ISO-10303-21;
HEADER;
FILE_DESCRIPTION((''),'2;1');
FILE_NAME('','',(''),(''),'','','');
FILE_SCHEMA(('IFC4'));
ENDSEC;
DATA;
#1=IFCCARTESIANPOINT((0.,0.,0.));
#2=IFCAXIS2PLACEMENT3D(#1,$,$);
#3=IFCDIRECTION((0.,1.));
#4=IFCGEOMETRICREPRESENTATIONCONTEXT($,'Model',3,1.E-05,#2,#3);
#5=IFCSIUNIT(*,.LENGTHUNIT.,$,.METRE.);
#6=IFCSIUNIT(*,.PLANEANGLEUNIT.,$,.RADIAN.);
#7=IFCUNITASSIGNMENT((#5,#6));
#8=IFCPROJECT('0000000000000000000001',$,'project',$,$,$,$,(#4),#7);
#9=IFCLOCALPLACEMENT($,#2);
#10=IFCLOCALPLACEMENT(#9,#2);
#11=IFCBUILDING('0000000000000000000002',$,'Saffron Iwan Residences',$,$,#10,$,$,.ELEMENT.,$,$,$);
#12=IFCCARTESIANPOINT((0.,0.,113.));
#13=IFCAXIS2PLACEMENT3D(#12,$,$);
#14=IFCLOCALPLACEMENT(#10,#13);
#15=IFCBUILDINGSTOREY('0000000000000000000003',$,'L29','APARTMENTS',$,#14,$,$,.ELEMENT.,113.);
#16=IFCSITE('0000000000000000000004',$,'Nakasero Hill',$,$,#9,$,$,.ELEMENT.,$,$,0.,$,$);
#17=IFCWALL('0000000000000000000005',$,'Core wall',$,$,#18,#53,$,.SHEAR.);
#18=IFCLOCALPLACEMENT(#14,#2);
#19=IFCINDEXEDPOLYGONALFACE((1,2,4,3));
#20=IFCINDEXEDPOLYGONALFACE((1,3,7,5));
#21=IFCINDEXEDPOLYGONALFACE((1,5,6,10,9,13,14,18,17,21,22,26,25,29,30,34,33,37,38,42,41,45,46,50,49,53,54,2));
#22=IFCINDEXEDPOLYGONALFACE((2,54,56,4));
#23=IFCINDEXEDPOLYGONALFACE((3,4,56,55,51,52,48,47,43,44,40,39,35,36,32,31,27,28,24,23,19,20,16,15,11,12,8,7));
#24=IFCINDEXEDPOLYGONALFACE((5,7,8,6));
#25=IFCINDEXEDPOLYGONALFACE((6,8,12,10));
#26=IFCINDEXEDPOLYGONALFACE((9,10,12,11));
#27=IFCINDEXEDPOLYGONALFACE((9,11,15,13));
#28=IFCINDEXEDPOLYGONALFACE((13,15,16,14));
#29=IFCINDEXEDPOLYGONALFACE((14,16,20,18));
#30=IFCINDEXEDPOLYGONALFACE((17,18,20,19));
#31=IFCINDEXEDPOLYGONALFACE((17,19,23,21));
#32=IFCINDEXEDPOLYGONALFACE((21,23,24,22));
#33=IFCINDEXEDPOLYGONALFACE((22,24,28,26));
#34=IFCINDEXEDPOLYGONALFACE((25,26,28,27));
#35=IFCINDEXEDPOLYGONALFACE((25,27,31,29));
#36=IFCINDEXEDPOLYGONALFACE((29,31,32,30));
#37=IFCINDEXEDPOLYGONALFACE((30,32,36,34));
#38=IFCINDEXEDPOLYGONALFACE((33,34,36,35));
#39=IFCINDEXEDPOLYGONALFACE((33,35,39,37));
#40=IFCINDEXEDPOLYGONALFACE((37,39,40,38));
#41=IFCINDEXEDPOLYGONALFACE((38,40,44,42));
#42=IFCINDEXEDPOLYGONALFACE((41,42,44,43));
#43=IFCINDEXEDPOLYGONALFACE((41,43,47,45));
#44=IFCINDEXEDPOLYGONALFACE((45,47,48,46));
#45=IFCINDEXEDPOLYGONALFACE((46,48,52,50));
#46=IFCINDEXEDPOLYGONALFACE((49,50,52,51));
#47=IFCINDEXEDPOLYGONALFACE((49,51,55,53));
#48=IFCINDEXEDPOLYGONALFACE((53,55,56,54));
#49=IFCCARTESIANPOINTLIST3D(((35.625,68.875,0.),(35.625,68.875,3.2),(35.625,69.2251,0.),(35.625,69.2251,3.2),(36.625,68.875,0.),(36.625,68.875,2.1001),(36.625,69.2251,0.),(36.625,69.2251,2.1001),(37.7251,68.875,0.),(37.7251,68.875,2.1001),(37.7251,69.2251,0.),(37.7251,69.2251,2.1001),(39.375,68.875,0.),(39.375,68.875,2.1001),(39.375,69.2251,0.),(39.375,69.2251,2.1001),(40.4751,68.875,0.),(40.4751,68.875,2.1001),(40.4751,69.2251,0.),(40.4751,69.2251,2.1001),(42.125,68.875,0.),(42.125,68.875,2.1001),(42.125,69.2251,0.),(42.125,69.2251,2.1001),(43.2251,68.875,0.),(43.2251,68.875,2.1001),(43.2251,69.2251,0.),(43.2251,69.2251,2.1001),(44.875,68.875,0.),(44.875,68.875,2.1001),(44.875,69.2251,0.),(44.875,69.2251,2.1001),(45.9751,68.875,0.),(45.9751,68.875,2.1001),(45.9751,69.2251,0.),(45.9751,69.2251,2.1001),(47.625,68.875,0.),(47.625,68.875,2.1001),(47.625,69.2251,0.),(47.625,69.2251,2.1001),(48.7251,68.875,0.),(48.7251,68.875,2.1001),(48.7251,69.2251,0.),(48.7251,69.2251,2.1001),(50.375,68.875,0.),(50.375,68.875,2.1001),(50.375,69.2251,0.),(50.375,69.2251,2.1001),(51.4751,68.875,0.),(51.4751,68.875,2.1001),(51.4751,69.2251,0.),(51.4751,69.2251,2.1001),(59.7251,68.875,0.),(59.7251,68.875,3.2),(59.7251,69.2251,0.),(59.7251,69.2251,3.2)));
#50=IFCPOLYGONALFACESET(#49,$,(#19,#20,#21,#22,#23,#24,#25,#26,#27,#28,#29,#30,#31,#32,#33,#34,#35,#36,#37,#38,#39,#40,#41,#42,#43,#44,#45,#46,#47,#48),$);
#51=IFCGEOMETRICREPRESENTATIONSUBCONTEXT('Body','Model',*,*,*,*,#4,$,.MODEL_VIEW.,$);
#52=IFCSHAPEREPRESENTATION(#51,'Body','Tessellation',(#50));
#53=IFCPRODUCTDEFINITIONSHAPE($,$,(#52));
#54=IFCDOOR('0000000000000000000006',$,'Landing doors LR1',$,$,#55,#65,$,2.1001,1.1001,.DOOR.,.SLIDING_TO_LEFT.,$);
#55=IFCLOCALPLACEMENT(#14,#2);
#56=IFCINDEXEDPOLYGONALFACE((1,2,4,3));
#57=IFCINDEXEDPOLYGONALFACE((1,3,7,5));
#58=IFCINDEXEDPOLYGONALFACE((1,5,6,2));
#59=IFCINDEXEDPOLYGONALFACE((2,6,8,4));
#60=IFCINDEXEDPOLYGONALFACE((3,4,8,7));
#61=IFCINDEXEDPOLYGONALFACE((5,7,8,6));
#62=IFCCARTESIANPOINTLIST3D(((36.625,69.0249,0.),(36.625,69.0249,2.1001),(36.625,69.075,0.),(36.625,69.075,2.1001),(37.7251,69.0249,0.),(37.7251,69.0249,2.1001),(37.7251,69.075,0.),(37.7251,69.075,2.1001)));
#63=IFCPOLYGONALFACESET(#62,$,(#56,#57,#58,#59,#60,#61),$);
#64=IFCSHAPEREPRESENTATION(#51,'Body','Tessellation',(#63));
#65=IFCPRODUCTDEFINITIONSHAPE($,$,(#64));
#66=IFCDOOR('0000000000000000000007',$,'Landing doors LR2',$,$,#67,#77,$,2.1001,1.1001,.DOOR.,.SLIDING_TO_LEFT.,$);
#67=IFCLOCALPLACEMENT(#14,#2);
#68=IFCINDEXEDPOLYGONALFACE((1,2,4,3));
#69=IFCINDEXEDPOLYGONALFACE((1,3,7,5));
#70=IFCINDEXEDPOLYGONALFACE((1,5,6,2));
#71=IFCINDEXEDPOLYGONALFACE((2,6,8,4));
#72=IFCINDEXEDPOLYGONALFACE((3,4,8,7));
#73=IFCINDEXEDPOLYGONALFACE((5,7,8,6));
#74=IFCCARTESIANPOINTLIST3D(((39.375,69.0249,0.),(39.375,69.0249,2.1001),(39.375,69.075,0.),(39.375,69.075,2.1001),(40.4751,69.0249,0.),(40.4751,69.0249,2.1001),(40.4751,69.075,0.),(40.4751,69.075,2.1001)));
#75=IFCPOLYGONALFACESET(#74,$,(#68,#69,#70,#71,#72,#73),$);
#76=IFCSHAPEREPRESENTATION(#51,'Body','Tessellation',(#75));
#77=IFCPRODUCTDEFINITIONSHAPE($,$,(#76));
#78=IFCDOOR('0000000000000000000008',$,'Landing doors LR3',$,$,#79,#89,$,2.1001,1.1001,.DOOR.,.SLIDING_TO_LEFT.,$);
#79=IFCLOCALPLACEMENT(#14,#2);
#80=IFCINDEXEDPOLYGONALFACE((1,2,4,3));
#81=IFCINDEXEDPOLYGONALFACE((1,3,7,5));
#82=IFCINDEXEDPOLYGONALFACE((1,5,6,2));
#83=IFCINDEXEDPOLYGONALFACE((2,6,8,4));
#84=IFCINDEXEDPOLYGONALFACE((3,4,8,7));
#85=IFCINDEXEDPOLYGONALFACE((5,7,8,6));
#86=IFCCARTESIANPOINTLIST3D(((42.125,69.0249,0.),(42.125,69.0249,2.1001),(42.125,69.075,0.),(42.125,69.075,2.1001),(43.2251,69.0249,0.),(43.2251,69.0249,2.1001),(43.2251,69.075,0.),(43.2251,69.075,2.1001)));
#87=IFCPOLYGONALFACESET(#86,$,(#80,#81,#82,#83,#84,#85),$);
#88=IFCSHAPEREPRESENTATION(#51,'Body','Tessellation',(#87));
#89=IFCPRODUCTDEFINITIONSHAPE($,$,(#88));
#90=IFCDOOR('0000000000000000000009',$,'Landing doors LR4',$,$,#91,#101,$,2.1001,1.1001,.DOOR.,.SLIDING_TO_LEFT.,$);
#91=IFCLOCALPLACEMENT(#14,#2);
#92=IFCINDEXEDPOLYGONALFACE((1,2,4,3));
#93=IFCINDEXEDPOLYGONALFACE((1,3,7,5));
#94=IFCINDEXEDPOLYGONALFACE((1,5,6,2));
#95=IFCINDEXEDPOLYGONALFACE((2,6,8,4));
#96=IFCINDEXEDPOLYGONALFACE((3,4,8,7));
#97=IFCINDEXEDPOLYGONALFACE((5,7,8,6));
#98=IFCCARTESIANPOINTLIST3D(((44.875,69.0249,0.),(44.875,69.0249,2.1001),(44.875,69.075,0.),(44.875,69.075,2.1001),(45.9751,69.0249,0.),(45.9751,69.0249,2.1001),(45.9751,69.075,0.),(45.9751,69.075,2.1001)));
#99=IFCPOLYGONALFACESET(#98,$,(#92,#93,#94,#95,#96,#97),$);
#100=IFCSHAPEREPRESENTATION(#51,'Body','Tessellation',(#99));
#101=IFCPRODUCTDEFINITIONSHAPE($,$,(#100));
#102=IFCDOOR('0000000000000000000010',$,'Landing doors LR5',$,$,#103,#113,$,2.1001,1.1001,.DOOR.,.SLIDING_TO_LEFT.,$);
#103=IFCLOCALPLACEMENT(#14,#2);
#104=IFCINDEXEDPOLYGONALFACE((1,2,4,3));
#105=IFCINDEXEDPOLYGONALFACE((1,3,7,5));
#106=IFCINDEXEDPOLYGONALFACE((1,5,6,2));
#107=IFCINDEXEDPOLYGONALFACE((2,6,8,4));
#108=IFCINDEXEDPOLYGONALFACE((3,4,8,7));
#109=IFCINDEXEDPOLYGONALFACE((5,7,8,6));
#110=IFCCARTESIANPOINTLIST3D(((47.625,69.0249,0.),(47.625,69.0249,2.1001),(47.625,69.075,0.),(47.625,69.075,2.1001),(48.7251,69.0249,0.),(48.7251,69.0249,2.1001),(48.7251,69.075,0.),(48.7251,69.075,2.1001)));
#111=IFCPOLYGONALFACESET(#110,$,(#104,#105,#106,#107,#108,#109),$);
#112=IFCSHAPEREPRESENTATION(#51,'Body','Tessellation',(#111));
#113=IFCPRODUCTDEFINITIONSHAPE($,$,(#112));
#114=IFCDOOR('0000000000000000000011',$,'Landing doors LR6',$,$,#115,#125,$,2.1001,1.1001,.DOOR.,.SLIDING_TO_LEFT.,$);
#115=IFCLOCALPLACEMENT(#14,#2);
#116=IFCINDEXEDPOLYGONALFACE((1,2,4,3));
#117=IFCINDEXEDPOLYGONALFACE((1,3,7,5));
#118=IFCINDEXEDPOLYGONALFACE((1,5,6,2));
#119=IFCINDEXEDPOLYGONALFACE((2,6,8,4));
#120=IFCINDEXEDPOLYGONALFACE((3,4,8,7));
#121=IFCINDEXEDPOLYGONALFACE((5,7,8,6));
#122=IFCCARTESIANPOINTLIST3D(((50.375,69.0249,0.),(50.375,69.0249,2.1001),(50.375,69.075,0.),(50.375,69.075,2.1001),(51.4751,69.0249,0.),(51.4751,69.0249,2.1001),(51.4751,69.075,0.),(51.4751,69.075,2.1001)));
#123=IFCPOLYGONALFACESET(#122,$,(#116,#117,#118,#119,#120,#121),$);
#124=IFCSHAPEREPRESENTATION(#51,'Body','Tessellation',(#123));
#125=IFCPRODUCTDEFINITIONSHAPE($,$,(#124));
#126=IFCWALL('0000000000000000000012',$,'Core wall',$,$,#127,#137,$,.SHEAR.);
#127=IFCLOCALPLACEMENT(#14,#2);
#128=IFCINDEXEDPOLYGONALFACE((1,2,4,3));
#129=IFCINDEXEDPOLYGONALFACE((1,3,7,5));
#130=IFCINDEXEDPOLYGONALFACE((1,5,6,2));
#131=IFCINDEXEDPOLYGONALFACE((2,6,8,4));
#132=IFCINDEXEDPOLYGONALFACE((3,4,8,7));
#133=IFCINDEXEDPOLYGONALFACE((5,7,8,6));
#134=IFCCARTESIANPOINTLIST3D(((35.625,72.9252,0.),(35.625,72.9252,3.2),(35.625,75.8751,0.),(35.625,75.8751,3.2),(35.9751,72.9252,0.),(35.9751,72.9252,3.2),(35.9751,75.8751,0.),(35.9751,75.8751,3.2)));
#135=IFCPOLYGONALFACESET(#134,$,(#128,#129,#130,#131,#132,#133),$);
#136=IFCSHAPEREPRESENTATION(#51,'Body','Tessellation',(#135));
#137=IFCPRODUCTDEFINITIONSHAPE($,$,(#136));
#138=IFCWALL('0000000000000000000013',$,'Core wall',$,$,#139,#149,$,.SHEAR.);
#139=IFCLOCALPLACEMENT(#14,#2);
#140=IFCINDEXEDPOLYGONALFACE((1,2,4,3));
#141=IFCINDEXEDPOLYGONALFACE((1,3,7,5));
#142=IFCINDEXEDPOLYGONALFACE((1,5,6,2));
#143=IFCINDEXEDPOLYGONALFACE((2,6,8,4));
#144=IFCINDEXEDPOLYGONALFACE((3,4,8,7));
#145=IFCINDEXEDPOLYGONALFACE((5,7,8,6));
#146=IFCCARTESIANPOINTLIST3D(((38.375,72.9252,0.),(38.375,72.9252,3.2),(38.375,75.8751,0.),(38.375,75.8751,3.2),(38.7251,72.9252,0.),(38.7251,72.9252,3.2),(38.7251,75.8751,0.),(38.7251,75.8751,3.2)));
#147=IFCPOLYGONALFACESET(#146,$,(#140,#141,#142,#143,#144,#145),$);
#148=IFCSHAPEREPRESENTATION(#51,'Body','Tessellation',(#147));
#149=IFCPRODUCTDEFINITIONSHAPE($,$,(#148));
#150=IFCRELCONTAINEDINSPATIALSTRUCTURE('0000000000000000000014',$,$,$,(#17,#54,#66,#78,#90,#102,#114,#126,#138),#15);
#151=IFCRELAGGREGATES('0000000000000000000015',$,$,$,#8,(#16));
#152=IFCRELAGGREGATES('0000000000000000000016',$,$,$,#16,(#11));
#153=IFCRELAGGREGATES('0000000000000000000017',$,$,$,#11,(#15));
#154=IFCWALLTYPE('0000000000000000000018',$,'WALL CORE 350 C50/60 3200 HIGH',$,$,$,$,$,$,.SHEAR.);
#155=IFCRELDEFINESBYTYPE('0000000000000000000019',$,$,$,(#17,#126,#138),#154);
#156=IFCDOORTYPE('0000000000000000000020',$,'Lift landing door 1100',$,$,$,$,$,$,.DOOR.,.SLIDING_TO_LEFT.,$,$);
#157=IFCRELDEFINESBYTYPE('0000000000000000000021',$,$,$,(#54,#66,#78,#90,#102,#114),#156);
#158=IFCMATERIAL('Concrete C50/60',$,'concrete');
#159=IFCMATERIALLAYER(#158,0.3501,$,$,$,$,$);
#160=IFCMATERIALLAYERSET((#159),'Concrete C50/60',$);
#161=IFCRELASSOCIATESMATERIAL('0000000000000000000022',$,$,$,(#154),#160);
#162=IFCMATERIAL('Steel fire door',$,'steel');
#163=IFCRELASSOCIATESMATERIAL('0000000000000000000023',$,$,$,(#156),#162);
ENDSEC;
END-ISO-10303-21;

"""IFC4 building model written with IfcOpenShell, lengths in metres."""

from ifc_helpers import new_model, si_unit, direction, frame, frame_2d, origin, place, context, subcontext, project, spatial, rectangle, extrude, material, layer, layer_set, type_object, element, fill, save


model = new_model("IFC4")

# Units and contexts
model_context = context("Model", 3, precision=1e-05, world=origin(), true_north=direction((0.0, 1.0)))
body_context = subcontext(model_context, "Body", "Model", "MODEL_VIEW")
ifc_project = project(units=[si_unit("LENGTHUNIT", "METRE"), si_unit("PLANEANGLEUNIT", "RADIAN")], contexts=[model_context])

# Site, building, storey
site_placement = place(None, origin())
site = spatial("IfcSite", under=ifc_project, at=site_placement, Name="Nakasero Hill", CompositionType="ELEMENT", RefElevation=0.0)
building_placement = place(site_placement, origin())
building = spatial("IfcBuilding", under=site, at=building_placement, Name="Saffron Iwan Residences", CompositionType="ELEMENT")
storey_placement = place(building_placement, frame((0.0, 0.0, 113.0)))
storey = spatial("IfcBuildingStorey", under=building, at=storey_placement, Name="L29", Description="APARTMENTS", CompositionType="ELEMENT", Elevation=113.0)

# Wall, openings, doors
ifc_material_1 = material(Name="Concrete C50/60", Category="concrete")
ifc_layer = layer(ifc_material_1, 0.3501)
ifc_layer_set = layer_set([ifc_layer], Name="Concrete C50/60")
wall_type = type_object("IfcWallType", Name="WALL CORE 350 C50/60 3200 HIGH", PredefinedType="SHEAR", material=ifc_layer_set)
wall_1_placement = place(storey_placement, frame((35.625, 69.05, 0.0), z_axis=(0.0, 0.0, 1.0), x_axis=(1.0, 0.0, 0.0)))
wall_1 = element("IfcWall", 1, at=wall_1_placement, inside=storey, type_object=wall_type, Name="Core wall", PredefinedType="SHEAR", context=body_context, shape_type="SweptSolid", body=[
    extrude(rectangle(XDim=24.1001, YDim=0.3501, at=frame_2d((12.05, 0.0))), origin(), (0.0, 0.0, 1.0), 3.2),
])
opening_1_placement = place(wall_1_placement, frame((1.0, 0.0, 0.0)))
opening_1 = element("IfcOpeningElement", 2, at=opening_1_placement, cuts=wall_1, PredefinedType="OPENING", context=body_context, shape_type="SweptSolid", body=[
    extrude(rectangle(XDim=1.1001, YDim=2.1001, at=frame_2d((0.55, 1.05))), frame((0.0, 0.1851, 0.0), z_axis=(0.0, -1.0, 0.0), x_axis=(1.0, 0.0, 0.0)), (0.0, 0.0, 1.0), 0.3701),
])
opening_2_placement = place(wall_1_placement, frame((3.75, 0.0, 0.0)))
opening_2 = element("IfcOpeningElement", 3, at=opening_2_placement, cuts=wall_1, PredefinedType="OPENING", context=body_context, shape_type="SweptSolid", body=[
    extrude(rectangle(XDim=1.1001, YDim=2.1001, at=frame_2d((0.55, 1.05))), frame((0.0, 0.1851, 0.0), z_axis=(0.0, -1.0, 0.0), x_axis=(1.0, 0.0, 0.0)), (0.0, 0.0, 1.0), 0.3701),
])
opening_3_placement = place(wall_1_placement, frame((6.5, 0.0, 0.0)))
opening_3 = element("IfcOpeningElement", 4, at=opening_3_placement, cuts=wall_1, PredefinedType="OPENING", context=body_context, shape_type="SweptSolid", body=[
    extrude(rectangle(XDim=1.1001, YDim=2.1001, at=frame_2d((0.55, 1.05))), frame((0.0, 0.1851, 0.0), z_axis=(0.0, -1.0, 0.0), x_axis=(1.0, 0.0, 0.0)), (0.0, 0.0, 1.0), 0.3701),
])
opening_4_placement = place(wall_1_placement, frame((9.25, 0.0, 0.0)))
opening_4 = element("IfcOpeningElement", 5, at=opening_4_placement, cuts=wall_1, PredefinedType="OPENING", context=body_context, shape_type="SweptSolid", body=[
    extrude(rectangle(XDim=1.1001, YDim=2.1001, at=frame_2d((0.55, 1.05))), frame((0.0, 0.1851, 0.0), z_axis=(0.0, -1.0, 0.0), x_axis=(1.0, 0.0, 0.0)), (0.0, 0.0, 1.0), 0.3701),
])
opening_5_placement = place(wall_1_placement, frame((12.0, 0.0, 0.0)))
opening_5 = element("IfcOpeningElement", 6, at=opening_5_placement, cuts=wall_1, PredefinedType="OPENING", context=body_context, shape_type="SweptSolid", body=[
    extrude(rectangle(XDim=1.1001, YDim=2.1001, at=frame_2d((0.55, 1.05))), frame((0.0, 0.1851, 0.0), z_axis=(0.0, -1.0, 0.0), x_axis=(1.0, 0.0, 0.0)), (0.0, 0.0, 1.0), 0.3701),
])
opening_6_placement = place(wall_1_placement, frame((14.75, 0.0, 0.0)))
opening_6 = element("IfcOpeningElement", 7, at=opening_6_placement, cuts=wall_1, PredefinedType="OPENING", context=body_context, shape_type="SweptSolid", body=[
    extrude(rectangle(XDim=1.1001, YDim=2.1001, at=frame_2d((0.55, 1.05))), frame((0.0, 0.1851, 0.0), z_axis=(0.0, -1.0, 0.0), x_axis=(1.0, 0.0, 0.0)), (0.0, 0.0, 1.0), 0.3701),
])
ifc_material_2 = material(Name="Steel fire door", Category="steel")
door_type_1 = type_object("IfcDoorType", Name="Lift landing door 1100", OperationType="SLIDING_TO_LEFT", PredefinedType="DOOR", material=ifc_material_2)
door_1_placement = place(opening_1_placement, origin())
door_1 = element("IfcDoor", 8, at=door_1_placement, inside=storey, type_object=door_type_1, Name="Landing doors LR1", OperationType="SLIDING_TO_LEFT", OverallHeight=2.1001, OverallWidth=1.1001, PredefinedType="DOOR", context=body_context, shape_type="SweptSolid", body=[
    extrude(rectangle(XDim=1.1001, YDim=2.1001, at=frame_2d((0.55, 1.05))), frame((0.0, 0.0249, 0.0), z_axis=(0.0, -1.0, 0.0), x_axis=(1.0, 0.0, 0.0)), (0.0, 0.0, 1.0), 0.05),
])
fill(opening_1, door_1)
door_2_placement = place(opening_2_placement, origin())
door_2 = element("IfcDoor", 9, at=door_2_placement, inside=storey, type_object=door_type_1, Name="Landing doors LR2", OperationType="SLIDING_TO_LEFT", OverallHeight=2.1001, OverallWidth=1.1001, PredefinedType="DOOR", context=body_context, shape_type="SweptSolid", body=[
    extrude(rectangle(XDim=1.1001, YDim=2.1001, at=frame_2d((0.55, 1.05))), frame((0.0, 0.0249, 0.0), z_axis=(0.0, -1.0, 0.0), x_axis=(1.0, 0.0, 0.0)), (0.0, 0.0, 1.0), 0.05),
])
fill(opening_2, door_2)
door_3_placement = place(opening_3_placement, origin())
door_3 = element("IfcDoor", 10, at=door_3_placement, inside=storey, type_object=door_type_1, Name="Landing doors LR3", OperationType="SLIDING_TO_LEFT", OverallHeight=2.1001, OverallWidth=1.1001, PredefinedType="DOOR", context=body_context, shape_type="SweptSolid", body=[
    extrude(rectangle(XDim=1.1001, YDim=2.1001, at=frame_2d((0.55, 1.05))), frame((0.0, 0.0249, 0.0), z_axis=(0.0, -1.0, 0.0), x_axis=(1.0, 0.0, 0.0)), (0.0, 0.0, 1.0), 0.05),
])
fill(opening_3, door_3)
door_4_placement = place(opening_4_placement, origin())
door_4 = element("IfcDoor", 11, at=door_4_placement, inside=storey, type_object=door_type_1, Name="Landing doors LR4", OperationType="SLIDING_TO_LEFT", OverallHeight=2.1001, OverallWidth=1.1001, PredefinedType="DOOR", context=body_context, shape_type="SweptSolid", body=[
    extrude(rectangle(XDim=1.1001, YDim=2.1001, at=frame_2d((0.55, 1.05))), frame((0.0, 0.0249, 0.0), z_axis=(0.0, -1.0, 0.0), x_axis=(1.0, 0.0, 0.0)), (0.0, 0.0, 1.0), 0.05),
])
fill(opening_4, door_4)
door_5_placement = place(opening_5_placement, origin())
door_5 = element("IfcDoor", 12, at=door_5_placement, inside=storey, type_object=door_type_1, Name="Landing doors LR5", OperationType="SLIDING_TO_LEFT", OverallHeight=2.1001, OverallWidth=1.1001, PredefinedType="DOOR", context=body_context, shape_type="SweptSolid", body=[
    extrude(rectangle(XDim=1.1001, YDim=2.1001, at=frame_2d((0.55, 1.05))), frame((0.0, 0.0249, 0.0), z_axis=(0.0, -1.0, 0.0), x_axis=(1.0, 0.0, 0.0)), (0.0, 0.0, 1.0), 0.05),
])
fill(opening_5, door_5)
door_6_placement = place(opening_6_placement, origin())
door_6 = element("IfcDoor", 13, at=door_6_placement, inside=storey, type_object=door_type_1, Name="Landing doors LR6", OperationType="SLIDING_TO_LEFT", OverallHeight=2.1001, OverallWidth=1.1001, PredefinedType="DOOR", context=body_context, shape_type="SweptSolid", body=[
    extrude(rectangle(XDim=1.1001, YDim=2.1001, at=frame_2d((0.55, 1.05))), frame((0.0, 0.0249, 0.0), z_axis=(0.0, -1.0, 0.0), x_axis=(1.0, 0.0, 0.0)), (0.0, 0.0, 1.0), 0.05),
])
fill(opening_6, door_6)

# Walls
for number, where, z_axis, x_axis, name in (
    (14, (35.8, 72.925, 0.0), (0.0, 0.0, 1.0), (0.0, 1.0, 0.0), "Core wall"),
    (15, (38.55, 72.925, 0.0), (0.0, 0.0, 1.0), (0.0, 1.0, 0.0), "Core wall"),
):
    element("IfcWall", number, at=place(storey_placement, frame(where, z_axis=z_axis, x_axis=x_axis)), inside=storey, type_object=wall_type, Name=name, PredefinedType="SHEAR", context=body_context, shape_type="SweptSolid", body=[
        extrude(rectangle(XDim=2.95, YDim=0.3501, at=frame_2d((1.4751, 0.0))), origin(), (0.0, 0.0, 1.0), 3.2),
    ])

save(model, "model.ifc")
